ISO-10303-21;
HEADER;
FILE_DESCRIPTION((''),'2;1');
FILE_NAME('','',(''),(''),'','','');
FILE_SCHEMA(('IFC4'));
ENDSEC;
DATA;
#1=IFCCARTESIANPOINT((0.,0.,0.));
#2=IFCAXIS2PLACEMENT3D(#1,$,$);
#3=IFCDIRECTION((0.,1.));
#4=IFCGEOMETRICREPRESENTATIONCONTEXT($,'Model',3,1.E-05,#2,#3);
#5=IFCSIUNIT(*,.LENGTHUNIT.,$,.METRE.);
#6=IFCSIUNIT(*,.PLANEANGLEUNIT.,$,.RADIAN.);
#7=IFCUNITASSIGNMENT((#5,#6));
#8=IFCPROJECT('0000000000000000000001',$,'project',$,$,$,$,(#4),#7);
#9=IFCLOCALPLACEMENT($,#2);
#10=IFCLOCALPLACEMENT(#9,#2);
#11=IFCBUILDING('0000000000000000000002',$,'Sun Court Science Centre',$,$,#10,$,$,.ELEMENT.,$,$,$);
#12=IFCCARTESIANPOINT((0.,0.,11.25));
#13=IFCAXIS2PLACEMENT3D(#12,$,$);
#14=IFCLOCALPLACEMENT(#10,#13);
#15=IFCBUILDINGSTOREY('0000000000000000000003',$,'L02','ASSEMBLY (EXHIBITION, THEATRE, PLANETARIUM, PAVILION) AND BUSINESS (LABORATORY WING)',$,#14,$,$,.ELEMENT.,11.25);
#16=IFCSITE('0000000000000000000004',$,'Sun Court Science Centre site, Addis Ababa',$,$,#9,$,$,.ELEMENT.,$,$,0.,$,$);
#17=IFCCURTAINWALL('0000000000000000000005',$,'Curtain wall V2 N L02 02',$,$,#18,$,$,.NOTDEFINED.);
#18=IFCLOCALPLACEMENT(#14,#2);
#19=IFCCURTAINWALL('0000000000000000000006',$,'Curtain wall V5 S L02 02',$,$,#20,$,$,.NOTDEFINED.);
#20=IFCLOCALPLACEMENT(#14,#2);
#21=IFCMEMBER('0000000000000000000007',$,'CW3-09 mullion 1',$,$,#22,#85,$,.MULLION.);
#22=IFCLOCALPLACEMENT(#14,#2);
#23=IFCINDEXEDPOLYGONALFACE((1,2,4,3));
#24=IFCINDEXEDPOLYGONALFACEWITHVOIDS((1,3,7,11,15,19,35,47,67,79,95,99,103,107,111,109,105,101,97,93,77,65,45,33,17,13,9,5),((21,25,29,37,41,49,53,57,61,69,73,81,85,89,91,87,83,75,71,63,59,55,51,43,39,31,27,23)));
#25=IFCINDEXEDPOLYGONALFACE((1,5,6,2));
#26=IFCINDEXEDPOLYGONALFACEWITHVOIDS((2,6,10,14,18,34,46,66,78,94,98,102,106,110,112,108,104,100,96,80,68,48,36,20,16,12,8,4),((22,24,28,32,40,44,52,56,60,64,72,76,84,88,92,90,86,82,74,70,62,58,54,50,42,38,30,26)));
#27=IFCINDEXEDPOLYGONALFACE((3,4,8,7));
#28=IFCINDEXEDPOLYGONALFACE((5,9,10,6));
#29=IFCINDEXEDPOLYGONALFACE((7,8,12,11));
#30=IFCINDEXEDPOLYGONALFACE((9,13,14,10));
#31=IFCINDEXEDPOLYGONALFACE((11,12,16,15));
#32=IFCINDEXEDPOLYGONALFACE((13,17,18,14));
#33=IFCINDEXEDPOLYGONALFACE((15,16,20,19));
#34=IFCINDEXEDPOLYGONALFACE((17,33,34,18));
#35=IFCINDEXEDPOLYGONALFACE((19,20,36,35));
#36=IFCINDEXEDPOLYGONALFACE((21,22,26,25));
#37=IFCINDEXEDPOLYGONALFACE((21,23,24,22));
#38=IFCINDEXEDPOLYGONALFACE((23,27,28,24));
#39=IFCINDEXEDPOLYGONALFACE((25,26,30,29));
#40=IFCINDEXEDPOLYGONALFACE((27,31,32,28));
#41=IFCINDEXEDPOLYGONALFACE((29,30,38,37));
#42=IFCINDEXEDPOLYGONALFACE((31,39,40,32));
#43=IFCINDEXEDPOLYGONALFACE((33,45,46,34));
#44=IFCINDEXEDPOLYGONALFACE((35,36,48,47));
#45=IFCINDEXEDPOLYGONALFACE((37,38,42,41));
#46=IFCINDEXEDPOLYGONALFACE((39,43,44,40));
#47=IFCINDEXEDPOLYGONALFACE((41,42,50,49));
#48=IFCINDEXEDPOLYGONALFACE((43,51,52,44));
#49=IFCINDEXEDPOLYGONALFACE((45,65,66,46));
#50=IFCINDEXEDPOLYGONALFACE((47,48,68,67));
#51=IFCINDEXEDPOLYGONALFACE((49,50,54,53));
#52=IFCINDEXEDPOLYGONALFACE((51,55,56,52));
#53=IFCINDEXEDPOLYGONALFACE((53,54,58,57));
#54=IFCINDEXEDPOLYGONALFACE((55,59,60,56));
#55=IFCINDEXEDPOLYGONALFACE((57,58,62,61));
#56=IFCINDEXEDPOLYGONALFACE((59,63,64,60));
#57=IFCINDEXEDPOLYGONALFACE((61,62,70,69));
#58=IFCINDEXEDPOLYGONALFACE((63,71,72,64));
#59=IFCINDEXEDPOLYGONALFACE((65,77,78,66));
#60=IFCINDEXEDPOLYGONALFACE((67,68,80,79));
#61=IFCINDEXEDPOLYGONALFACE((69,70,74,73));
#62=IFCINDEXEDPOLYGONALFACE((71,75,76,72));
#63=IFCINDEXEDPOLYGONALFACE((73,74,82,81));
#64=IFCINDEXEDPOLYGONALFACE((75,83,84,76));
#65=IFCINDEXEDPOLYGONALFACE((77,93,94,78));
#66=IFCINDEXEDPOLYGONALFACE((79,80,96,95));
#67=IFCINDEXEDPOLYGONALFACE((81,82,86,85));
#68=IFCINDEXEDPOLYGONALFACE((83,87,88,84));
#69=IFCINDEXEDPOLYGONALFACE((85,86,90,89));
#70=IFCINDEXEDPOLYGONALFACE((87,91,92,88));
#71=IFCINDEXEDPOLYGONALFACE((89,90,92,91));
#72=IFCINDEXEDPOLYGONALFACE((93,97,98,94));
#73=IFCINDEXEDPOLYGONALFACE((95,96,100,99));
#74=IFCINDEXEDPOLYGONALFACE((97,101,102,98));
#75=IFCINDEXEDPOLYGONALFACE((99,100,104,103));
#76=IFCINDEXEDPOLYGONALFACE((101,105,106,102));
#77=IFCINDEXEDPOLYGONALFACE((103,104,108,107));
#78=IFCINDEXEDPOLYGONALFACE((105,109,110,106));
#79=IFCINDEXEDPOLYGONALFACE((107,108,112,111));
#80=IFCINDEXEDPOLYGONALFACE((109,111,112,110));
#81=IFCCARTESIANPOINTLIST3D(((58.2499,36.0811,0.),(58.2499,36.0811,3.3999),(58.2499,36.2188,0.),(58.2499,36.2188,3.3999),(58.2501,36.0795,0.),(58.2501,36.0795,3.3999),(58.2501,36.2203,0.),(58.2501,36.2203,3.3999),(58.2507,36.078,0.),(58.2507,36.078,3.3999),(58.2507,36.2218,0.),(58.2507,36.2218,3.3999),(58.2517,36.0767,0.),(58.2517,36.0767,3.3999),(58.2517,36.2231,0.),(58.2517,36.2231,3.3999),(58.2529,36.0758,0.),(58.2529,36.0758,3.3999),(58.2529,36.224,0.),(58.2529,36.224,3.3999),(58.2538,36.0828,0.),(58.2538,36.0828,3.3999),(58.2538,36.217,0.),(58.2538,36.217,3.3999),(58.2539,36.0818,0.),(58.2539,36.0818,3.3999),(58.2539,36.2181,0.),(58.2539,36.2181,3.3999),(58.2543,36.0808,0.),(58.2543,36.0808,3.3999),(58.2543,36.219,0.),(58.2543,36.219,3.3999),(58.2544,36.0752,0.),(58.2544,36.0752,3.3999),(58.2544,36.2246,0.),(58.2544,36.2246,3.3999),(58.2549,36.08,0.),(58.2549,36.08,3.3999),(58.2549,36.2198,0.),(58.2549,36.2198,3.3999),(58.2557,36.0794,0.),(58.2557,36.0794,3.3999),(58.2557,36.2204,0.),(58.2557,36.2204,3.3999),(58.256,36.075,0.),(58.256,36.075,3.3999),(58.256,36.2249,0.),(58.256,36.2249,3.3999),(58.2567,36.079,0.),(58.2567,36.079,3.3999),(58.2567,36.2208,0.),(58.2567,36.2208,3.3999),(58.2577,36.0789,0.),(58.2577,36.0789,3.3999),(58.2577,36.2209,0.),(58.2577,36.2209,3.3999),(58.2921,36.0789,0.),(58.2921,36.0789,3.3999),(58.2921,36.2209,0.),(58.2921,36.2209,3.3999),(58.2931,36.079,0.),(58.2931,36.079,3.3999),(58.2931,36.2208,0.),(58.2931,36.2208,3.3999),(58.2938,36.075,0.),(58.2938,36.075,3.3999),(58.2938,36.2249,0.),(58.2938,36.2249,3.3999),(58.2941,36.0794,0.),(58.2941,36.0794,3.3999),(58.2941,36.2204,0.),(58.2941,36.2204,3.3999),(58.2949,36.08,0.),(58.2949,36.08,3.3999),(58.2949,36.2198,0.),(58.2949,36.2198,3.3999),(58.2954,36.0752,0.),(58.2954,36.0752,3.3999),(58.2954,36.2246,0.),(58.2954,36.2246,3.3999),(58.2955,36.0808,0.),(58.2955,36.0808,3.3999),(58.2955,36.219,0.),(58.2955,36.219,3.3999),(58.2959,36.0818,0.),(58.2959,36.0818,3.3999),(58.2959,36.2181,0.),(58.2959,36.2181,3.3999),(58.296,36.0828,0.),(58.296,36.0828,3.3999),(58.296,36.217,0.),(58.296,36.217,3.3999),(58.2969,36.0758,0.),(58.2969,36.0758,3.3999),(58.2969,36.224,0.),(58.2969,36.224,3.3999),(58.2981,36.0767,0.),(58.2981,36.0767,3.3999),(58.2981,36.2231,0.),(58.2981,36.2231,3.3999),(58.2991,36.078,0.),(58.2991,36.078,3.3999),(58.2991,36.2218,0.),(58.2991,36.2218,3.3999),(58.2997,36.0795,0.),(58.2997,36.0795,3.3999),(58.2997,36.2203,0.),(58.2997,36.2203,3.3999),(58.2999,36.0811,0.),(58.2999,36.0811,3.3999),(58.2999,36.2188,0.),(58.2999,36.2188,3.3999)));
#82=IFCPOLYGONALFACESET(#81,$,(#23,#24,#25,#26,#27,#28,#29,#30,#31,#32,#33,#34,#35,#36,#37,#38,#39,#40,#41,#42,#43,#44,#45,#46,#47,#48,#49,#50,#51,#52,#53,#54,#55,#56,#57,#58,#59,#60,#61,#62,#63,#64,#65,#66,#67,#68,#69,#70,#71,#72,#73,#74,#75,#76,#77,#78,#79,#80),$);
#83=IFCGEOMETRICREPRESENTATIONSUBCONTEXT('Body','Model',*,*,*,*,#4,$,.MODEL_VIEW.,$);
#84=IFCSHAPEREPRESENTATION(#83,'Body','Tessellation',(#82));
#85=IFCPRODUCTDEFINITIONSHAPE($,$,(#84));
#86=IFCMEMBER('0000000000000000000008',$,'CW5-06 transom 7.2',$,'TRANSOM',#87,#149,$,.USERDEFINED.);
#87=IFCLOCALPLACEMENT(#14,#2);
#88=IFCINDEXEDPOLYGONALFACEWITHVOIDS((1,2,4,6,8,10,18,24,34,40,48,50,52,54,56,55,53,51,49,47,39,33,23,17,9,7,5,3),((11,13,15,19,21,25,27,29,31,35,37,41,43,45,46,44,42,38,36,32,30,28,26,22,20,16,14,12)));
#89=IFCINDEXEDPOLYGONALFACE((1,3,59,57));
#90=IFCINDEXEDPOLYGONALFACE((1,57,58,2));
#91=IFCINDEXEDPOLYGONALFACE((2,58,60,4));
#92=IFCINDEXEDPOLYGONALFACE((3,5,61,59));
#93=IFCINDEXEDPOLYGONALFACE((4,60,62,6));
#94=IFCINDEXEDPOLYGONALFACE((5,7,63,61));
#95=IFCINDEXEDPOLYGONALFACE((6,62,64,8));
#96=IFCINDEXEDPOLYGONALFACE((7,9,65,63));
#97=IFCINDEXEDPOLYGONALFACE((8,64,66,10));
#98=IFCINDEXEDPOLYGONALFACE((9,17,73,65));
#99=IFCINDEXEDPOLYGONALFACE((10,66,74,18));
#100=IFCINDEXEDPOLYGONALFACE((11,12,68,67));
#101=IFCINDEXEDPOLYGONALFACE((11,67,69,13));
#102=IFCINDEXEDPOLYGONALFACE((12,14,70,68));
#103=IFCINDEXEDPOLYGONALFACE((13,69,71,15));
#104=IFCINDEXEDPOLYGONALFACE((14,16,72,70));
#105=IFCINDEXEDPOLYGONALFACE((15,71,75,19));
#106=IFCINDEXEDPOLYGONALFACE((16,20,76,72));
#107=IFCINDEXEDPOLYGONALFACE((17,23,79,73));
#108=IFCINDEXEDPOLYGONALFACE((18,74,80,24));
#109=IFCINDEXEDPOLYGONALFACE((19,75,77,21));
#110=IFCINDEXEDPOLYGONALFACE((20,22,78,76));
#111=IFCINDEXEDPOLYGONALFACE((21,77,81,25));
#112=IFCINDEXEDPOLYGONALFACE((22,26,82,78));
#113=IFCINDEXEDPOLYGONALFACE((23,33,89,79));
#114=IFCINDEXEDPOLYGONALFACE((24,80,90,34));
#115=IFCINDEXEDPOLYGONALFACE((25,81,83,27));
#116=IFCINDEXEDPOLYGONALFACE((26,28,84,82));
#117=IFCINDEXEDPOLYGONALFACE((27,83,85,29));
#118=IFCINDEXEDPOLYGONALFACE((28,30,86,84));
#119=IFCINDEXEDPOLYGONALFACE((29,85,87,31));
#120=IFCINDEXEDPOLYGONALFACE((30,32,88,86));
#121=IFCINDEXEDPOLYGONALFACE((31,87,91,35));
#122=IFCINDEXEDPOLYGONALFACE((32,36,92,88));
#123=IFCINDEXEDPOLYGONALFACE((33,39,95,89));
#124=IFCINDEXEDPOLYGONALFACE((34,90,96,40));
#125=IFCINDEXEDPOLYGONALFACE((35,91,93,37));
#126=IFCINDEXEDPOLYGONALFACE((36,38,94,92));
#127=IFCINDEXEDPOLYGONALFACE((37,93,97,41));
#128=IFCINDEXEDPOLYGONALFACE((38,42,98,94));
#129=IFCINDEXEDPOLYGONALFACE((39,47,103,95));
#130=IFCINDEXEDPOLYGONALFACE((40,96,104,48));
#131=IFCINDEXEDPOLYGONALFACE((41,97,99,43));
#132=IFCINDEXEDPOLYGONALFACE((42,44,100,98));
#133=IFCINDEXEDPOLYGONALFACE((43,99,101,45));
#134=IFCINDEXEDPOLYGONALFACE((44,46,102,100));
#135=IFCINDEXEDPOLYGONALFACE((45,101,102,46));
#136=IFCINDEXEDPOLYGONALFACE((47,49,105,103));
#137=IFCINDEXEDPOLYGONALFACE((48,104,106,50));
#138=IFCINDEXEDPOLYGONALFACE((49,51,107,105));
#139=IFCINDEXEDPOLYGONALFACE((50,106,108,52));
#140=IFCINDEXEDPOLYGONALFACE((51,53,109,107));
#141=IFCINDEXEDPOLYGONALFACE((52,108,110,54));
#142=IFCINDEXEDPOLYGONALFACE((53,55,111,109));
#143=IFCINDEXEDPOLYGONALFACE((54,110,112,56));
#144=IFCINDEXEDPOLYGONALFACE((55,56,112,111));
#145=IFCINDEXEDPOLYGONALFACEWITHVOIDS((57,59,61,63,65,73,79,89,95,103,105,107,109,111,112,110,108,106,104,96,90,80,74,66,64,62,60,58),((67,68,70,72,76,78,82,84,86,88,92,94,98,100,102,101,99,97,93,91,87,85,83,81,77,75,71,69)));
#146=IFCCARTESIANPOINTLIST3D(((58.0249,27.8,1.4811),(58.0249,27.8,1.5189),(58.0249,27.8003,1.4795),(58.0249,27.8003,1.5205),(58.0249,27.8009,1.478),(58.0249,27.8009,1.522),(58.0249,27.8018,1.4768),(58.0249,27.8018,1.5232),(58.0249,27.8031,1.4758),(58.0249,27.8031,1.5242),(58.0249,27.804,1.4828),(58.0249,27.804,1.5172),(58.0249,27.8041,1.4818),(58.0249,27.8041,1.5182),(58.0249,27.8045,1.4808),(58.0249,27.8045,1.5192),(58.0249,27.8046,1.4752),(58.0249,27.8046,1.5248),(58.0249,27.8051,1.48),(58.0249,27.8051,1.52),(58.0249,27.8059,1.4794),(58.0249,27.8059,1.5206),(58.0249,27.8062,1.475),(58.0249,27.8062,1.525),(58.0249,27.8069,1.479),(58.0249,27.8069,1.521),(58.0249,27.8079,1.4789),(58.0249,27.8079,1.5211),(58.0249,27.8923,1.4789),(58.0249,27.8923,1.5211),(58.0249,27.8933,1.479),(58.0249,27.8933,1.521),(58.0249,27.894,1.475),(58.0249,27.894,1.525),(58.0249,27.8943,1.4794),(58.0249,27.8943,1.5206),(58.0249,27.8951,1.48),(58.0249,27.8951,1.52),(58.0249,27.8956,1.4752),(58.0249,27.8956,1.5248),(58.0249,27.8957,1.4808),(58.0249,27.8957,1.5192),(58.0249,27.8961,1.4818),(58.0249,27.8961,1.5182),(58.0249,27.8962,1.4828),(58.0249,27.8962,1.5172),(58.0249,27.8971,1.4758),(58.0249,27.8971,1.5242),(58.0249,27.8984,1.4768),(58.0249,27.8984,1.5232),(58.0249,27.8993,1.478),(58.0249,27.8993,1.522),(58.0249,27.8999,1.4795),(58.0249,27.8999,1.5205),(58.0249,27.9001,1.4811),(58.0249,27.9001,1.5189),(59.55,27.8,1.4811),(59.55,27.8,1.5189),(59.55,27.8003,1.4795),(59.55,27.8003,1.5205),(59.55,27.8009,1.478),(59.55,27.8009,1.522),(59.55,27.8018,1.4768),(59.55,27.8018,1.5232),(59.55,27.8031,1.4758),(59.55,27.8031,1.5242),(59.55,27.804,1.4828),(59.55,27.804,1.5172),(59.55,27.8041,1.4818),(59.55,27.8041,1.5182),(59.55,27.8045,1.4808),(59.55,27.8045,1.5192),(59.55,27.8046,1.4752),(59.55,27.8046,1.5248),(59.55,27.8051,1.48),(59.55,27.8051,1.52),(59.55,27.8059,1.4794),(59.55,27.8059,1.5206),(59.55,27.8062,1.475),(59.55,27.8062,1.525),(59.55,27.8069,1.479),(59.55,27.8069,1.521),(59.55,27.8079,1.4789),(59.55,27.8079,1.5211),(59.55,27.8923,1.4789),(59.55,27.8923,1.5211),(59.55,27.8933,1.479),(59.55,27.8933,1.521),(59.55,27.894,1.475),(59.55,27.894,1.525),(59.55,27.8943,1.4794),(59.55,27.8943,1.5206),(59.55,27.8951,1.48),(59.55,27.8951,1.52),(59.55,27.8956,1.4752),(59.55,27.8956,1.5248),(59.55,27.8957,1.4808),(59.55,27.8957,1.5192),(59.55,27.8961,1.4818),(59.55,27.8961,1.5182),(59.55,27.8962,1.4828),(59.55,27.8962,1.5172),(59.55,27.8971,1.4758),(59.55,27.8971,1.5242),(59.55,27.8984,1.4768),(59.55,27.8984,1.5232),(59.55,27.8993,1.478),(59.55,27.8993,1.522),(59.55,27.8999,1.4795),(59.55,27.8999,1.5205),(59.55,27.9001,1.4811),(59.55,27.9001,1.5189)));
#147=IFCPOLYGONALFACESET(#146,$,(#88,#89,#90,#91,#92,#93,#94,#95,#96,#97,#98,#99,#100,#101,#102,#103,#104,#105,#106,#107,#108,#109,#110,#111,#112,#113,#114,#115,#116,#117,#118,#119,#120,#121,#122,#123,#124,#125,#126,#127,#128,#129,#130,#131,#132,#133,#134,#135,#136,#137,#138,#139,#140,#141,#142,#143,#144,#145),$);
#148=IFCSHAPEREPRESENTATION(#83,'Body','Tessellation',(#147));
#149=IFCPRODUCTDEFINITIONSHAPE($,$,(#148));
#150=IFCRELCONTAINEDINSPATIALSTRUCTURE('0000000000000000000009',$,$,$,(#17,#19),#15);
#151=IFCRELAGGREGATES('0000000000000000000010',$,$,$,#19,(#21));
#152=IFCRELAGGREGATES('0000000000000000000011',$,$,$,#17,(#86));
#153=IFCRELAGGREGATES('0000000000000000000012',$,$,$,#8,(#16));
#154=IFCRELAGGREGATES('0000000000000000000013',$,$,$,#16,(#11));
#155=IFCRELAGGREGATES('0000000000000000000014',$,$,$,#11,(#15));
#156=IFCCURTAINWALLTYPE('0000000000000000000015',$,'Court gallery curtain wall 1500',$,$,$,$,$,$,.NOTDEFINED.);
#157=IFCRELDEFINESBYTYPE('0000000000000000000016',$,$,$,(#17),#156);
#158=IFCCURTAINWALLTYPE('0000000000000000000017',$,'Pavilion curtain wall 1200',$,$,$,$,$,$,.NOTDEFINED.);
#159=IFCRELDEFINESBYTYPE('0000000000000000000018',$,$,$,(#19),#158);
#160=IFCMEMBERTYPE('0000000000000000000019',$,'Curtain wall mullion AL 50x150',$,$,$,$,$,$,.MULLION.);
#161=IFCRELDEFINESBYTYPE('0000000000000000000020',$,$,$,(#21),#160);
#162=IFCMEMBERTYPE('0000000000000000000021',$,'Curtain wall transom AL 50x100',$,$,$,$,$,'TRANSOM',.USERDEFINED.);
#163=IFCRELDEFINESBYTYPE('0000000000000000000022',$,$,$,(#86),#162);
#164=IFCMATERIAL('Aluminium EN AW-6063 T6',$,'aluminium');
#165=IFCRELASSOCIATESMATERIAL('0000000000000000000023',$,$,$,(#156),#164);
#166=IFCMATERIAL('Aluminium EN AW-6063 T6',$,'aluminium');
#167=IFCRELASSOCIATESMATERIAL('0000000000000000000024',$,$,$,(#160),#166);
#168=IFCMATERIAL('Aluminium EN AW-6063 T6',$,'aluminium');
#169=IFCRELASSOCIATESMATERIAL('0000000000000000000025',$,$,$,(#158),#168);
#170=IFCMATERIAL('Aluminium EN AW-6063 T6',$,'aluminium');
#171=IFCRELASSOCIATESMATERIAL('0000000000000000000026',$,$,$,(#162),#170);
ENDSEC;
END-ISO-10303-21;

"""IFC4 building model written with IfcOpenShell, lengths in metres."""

from ifc_helpers import new_model, si_unit, direction, frame, origin, origin_2d, place, context, subcontext, project, spatial, hollow_rectangle, extrude, material, material_profile, profile_set, type_object, element, aggregate, save


model = new_model("IFC4")

# Units and contexts
model_context = context("Model", 3, precision=1e-05, world=origin(), true_north=direction((0.0, 1.0)))
body_context = subcontext(model_context, "Body", "Model", "MODEL_VIEW")
ifc_project = project(units=[si_unit("LENGTHUNIT", "METRE"), si_unit("PLANEANGLEUNIT", "RADIAN")], contexts=[model_context])

# Site, building, storey
site_placement = place(None, origin())
site = spatial("IfcSite", under=ifc_project, at=site_placement, Name="Sun Court Science Centre site, Addis Ababa", CompositionType="ELEMENT", RefElevation=0.0)
building_placement = place(site_placement, origin())
building = spatial("IfcBuilding", under=site, at=building_placement, Name="Sun Court Science Centre", CompositionType="ELEMENT")
storey_placement = place(building_placement, frame((0.0, 0.0, 11.25)))
storey = spatial("IfcBuildingStorey", under=building, at=storey_placement, Name="L02", Description="ASSEMBLY (EXHIBITION, THEATRE, PLANETARIUM, PAVILION) AND BUSINESS (LABORATORY WING)", CompositionType="ELEMENT", Elevation=11.25)

# Curtain wall
ifc_material_1 = material(Name="Aluminium EN AW-6063 T6", Category="aluminium")
curtain_wall_type_1 = type_object("IfcCurtainWallType", Name="Court gallery curtain wall 1500", PredefinedType="NOTDEFINED", material=ifc_material_1)
curtain_wall_1_placement = place(storey_placement, origin())
curtain_wall_1 = element("IfcCurtainWall", 1, at=curtain_wall_1_placement, inside=storey, type_object=curtain_wall_type_1, Name="Curtain wall V2 N L02 02", PredefinedType="NOTDEFINED")
ifc_material_2 = material(Name="Aluminium EN AW-6063 T6", Category="aluminium")
ifc_material_profile_1 = material_profile(ifc_material_2, hollow_rectangle(XDim=0.05, YDim=0.1499, WallThickness=0.0039, InnerFilletRadius=0.0039, OuterFilletRadius=0.0061, at=origin_2d()), Name="AL 50x150x4")
ifc_profile_set_1 = profile_set([ifc_material_profile_1], Name="Aluminium EN AW-6063 T6")
member_type_1 = type_object("IfcMemberType", Name="Curtain wall mullion AL 50x150", PredefinedType="MULLION", material=ifc_profile_set_1)

# Shared definitions
ifc_material_3 = material(Name="Aluminium EN AW-6063 T6", Category="aluminium")
curtain_wall_type_2 = type_object("IfcCurtainWallType", Name="Pavilion curtain wall 1200", PredefinedType="NOTDEFINED", material=ifc_material_3)

# Curtain wall, member
curtain_wall_2_placement = place(storey_placement, origin())
curtain_wall_2 = element("IfcCurtainWall", 2, at=curtain_wall_2_placement, inside=storey, type_object=curtain_wall_type_2, Name="Curtain wall V5 S L02 02", PredefinedType="NOTDEFINED")
member_1_placement = place(storey_placement, frame((58.2749, 36.1499, 0.0), z_axis=(0.0, 0.0, 1.0), x_axis=(-1.0, 0.0, 0.0)))
member_1 = element("IfcMember", 3, at=member_1_placement, type_object=member_type_1, Name="CW3-09 mullion 1", PredefinedType="MULLION", context=body_context, shape_type="SweptSolid", body=[
    extrude(hollow_rectangle(XDim=0.05, YDim=0.1499, WallThickness=0.0039, InnerFilletRadius=0.0039, OuterFilletRadius=0.0061, at=origin_2d()), origin(), (0.0, 0.0, 1.0), 3.3999),
])

# Member
ifc_material_4 = material(Name="Aluminium EN AW-6063 T6", Category="aluminium")
ifc_material_profile_2 = material_profile(ifc_material_4, hollow_rectangle(XDim=0.05, YDim=0.1001, WallThickness=0.0039, InnerFilletRadius=0.0039, OuterFilletRadius=0.0061, at=origin_2d()), Name="AL 50x100x4")
ifc_profile_set_2 = profile_set([ifc_material_profile_2], Name="Aluminium EN AW-6063 T6")
member_type_2 = type_object("IfcMemberType", Name="Curtain wall transom AL 50x100", ElementType="TRANSOM", PredefinedType="USERDEFINED", material=ifc_profile_set_2)
member_2_placement = place(storey_placement, frame((58.0249, 27.8501, 1.5), z_axis=(1.0, 0.0, 0.0), x_axis=(0.0, 0.0, 1.0)))
member_2 = element("IfcMember", 4, at=member_2_placement, type_object=member_type_2, Name="CW5-06 transom 7.2", ObjectType="TRANSOM", PredefinedType="USERDEFINED", context=body_context, shape_type="SweptSolid", body=[
    extrude(hollow_rectangle(XDim=0.05, YDim=0.1001, WallThickness=0.0039, InnerFilletRadius=0.0039, OuterFilletRadius=0.0061, at=origin_2d()), origin(), (0.0, 0.0, 1.0), 1.5251),
])
aggregate(curtain_wall_2, [member_1])

aggregate(curtain_wall_1, [member_2])

save(model, "model.ifc")
